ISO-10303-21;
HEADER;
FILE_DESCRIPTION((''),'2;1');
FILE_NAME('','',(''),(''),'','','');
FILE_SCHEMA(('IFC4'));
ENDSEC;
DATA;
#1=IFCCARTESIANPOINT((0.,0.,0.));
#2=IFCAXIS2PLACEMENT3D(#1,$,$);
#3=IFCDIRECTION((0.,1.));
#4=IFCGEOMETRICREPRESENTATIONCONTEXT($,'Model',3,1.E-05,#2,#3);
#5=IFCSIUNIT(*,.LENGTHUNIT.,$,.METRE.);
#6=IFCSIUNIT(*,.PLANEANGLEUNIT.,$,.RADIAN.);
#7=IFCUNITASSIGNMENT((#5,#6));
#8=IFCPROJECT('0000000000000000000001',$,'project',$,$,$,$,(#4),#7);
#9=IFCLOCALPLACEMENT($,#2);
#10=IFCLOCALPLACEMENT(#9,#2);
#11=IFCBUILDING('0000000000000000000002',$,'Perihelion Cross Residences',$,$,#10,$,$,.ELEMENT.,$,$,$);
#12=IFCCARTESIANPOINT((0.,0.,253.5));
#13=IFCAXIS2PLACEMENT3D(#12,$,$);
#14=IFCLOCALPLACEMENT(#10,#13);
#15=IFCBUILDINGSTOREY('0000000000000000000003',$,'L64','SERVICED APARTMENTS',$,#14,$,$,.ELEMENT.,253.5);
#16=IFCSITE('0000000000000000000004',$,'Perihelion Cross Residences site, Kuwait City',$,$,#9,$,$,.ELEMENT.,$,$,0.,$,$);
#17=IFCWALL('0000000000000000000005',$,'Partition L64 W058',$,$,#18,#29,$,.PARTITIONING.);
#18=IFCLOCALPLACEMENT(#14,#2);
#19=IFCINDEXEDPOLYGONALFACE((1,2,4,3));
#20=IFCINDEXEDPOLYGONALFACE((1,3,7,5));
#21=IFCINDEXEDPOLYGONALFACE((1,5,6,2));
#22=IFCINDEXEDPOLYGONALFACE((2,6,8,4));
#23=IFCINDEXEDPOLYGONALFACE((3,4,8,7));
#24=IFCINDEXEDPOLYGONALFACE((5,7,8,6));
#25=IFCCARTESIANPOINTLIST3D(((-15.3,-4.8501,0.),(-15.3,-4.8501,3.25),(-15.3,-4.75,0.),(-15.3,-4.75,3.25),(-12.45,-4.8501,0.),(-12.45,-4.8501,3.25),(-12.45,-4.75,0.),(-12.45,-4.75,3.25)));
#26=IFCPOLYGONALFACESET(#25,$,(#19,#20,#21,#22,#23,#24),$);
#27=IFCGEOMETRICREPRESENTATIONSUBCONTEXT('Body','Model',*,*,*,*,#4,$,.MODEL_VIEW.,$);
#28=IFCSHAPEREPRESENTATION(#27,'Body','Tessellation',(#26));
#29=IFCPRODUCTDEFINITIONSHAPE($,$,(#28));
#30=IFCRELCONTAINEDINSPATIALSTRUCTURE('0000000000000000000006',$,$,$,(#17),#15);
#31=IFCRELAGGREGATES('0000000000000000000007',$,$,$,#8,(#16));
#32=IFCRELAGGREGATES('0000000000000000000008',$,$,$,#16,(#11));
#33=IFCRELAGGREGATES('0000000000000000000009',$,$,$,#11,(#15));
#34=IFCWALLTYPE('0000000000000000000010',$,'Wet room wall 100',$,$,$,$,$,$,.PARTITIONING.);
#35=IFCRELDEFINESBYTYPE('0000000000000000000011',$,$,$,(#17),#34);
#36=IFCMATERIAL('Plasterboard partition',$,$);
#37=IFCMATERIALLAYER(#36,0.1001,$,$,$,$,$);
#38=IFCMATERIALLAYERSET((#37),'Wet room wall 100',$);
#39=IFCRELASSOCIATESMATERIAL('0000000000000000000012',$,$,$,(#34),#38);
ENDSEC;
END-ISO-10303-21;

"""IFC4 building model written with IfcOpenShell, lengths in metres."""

from ifc_helpers import new_model, si_unit, direction, frame, frame_2d, origin, place, context, subcontext, project, spatial, rectangle, extrude, material, layer, layer_set, type_object, element, save


model = new_model("IFC4")

# Units and contexts
model_context = context("Model", 3, precision=1e-05, world=origin(), true_north=direction((0.0, 1.0)))
body_context = subcontext(model_context, "Body", "Model", "MODEL_VIEW")
ifc_project = project(units=[si_unit("LENGTHUNIT", "METRE"), si_unit("PLANEANGLEUNIT", "RADIAN")], contexts=[model_context])

# Site, building, storey
site_placement = place(None, origin())
site = spatial("IfcSite", under=ifc_project, at=site_placement, Name="Perihelion Cross Residences site, Kuwait City", CompositionType="ELEMENT", RefElevation=0.0)
building_placement = place(site_placement, origin())
building = spatial("IfcBuilding", under=site, at=building_placement, Name="Perihelion Cross Residences", CompositionType="ELEMENT")
storey_placement = place(building_placement, frame((0.0, 0.0, 253.5)))
storey = spatial("IfcBuildingStorey", under=building, at=storey_placement, Name="L64", Description="SERVICED APARTMENTS", CompositionType="ELEMENT", Elevation=253.5)

# Wall
ifc_material_1 = material(Name="Plasterboard partition")
ifc_layer_1 = layer(ifc_material_1, 0.1001)
ifc_layer_set_1 = layer_set([ifc_layer_1], Name="Wet room wall 100")
wall_type_1 = type_object("IfcWallType", Name="Wet room wall 100", PredefinedType="PARTITIONING", material=ifc_layer_set_1)
wall_1_placement = place(storey_placement, frame((-12.45, -4.8, 0.0), z_axis=(0.0, 0.0, 1.0), x_axis=(-1.0, 0.0, 0.0)))
element("IfcWall", 1, at=wall_1_placement, inside=storey, type_object=wall_type_1, Name="Partition L64 W058", PredefinedType="PARTITIONING", context=body_context, shape_type="SweptSolid", body=[
    extrude(rectangle(XDim=2.8501, YDim=0.1001, at=frame_2d((1.425, 0.0))), origin(), (0.0, 0.0, 1.0), 3.25),
])

save(model, "model.ifc")
